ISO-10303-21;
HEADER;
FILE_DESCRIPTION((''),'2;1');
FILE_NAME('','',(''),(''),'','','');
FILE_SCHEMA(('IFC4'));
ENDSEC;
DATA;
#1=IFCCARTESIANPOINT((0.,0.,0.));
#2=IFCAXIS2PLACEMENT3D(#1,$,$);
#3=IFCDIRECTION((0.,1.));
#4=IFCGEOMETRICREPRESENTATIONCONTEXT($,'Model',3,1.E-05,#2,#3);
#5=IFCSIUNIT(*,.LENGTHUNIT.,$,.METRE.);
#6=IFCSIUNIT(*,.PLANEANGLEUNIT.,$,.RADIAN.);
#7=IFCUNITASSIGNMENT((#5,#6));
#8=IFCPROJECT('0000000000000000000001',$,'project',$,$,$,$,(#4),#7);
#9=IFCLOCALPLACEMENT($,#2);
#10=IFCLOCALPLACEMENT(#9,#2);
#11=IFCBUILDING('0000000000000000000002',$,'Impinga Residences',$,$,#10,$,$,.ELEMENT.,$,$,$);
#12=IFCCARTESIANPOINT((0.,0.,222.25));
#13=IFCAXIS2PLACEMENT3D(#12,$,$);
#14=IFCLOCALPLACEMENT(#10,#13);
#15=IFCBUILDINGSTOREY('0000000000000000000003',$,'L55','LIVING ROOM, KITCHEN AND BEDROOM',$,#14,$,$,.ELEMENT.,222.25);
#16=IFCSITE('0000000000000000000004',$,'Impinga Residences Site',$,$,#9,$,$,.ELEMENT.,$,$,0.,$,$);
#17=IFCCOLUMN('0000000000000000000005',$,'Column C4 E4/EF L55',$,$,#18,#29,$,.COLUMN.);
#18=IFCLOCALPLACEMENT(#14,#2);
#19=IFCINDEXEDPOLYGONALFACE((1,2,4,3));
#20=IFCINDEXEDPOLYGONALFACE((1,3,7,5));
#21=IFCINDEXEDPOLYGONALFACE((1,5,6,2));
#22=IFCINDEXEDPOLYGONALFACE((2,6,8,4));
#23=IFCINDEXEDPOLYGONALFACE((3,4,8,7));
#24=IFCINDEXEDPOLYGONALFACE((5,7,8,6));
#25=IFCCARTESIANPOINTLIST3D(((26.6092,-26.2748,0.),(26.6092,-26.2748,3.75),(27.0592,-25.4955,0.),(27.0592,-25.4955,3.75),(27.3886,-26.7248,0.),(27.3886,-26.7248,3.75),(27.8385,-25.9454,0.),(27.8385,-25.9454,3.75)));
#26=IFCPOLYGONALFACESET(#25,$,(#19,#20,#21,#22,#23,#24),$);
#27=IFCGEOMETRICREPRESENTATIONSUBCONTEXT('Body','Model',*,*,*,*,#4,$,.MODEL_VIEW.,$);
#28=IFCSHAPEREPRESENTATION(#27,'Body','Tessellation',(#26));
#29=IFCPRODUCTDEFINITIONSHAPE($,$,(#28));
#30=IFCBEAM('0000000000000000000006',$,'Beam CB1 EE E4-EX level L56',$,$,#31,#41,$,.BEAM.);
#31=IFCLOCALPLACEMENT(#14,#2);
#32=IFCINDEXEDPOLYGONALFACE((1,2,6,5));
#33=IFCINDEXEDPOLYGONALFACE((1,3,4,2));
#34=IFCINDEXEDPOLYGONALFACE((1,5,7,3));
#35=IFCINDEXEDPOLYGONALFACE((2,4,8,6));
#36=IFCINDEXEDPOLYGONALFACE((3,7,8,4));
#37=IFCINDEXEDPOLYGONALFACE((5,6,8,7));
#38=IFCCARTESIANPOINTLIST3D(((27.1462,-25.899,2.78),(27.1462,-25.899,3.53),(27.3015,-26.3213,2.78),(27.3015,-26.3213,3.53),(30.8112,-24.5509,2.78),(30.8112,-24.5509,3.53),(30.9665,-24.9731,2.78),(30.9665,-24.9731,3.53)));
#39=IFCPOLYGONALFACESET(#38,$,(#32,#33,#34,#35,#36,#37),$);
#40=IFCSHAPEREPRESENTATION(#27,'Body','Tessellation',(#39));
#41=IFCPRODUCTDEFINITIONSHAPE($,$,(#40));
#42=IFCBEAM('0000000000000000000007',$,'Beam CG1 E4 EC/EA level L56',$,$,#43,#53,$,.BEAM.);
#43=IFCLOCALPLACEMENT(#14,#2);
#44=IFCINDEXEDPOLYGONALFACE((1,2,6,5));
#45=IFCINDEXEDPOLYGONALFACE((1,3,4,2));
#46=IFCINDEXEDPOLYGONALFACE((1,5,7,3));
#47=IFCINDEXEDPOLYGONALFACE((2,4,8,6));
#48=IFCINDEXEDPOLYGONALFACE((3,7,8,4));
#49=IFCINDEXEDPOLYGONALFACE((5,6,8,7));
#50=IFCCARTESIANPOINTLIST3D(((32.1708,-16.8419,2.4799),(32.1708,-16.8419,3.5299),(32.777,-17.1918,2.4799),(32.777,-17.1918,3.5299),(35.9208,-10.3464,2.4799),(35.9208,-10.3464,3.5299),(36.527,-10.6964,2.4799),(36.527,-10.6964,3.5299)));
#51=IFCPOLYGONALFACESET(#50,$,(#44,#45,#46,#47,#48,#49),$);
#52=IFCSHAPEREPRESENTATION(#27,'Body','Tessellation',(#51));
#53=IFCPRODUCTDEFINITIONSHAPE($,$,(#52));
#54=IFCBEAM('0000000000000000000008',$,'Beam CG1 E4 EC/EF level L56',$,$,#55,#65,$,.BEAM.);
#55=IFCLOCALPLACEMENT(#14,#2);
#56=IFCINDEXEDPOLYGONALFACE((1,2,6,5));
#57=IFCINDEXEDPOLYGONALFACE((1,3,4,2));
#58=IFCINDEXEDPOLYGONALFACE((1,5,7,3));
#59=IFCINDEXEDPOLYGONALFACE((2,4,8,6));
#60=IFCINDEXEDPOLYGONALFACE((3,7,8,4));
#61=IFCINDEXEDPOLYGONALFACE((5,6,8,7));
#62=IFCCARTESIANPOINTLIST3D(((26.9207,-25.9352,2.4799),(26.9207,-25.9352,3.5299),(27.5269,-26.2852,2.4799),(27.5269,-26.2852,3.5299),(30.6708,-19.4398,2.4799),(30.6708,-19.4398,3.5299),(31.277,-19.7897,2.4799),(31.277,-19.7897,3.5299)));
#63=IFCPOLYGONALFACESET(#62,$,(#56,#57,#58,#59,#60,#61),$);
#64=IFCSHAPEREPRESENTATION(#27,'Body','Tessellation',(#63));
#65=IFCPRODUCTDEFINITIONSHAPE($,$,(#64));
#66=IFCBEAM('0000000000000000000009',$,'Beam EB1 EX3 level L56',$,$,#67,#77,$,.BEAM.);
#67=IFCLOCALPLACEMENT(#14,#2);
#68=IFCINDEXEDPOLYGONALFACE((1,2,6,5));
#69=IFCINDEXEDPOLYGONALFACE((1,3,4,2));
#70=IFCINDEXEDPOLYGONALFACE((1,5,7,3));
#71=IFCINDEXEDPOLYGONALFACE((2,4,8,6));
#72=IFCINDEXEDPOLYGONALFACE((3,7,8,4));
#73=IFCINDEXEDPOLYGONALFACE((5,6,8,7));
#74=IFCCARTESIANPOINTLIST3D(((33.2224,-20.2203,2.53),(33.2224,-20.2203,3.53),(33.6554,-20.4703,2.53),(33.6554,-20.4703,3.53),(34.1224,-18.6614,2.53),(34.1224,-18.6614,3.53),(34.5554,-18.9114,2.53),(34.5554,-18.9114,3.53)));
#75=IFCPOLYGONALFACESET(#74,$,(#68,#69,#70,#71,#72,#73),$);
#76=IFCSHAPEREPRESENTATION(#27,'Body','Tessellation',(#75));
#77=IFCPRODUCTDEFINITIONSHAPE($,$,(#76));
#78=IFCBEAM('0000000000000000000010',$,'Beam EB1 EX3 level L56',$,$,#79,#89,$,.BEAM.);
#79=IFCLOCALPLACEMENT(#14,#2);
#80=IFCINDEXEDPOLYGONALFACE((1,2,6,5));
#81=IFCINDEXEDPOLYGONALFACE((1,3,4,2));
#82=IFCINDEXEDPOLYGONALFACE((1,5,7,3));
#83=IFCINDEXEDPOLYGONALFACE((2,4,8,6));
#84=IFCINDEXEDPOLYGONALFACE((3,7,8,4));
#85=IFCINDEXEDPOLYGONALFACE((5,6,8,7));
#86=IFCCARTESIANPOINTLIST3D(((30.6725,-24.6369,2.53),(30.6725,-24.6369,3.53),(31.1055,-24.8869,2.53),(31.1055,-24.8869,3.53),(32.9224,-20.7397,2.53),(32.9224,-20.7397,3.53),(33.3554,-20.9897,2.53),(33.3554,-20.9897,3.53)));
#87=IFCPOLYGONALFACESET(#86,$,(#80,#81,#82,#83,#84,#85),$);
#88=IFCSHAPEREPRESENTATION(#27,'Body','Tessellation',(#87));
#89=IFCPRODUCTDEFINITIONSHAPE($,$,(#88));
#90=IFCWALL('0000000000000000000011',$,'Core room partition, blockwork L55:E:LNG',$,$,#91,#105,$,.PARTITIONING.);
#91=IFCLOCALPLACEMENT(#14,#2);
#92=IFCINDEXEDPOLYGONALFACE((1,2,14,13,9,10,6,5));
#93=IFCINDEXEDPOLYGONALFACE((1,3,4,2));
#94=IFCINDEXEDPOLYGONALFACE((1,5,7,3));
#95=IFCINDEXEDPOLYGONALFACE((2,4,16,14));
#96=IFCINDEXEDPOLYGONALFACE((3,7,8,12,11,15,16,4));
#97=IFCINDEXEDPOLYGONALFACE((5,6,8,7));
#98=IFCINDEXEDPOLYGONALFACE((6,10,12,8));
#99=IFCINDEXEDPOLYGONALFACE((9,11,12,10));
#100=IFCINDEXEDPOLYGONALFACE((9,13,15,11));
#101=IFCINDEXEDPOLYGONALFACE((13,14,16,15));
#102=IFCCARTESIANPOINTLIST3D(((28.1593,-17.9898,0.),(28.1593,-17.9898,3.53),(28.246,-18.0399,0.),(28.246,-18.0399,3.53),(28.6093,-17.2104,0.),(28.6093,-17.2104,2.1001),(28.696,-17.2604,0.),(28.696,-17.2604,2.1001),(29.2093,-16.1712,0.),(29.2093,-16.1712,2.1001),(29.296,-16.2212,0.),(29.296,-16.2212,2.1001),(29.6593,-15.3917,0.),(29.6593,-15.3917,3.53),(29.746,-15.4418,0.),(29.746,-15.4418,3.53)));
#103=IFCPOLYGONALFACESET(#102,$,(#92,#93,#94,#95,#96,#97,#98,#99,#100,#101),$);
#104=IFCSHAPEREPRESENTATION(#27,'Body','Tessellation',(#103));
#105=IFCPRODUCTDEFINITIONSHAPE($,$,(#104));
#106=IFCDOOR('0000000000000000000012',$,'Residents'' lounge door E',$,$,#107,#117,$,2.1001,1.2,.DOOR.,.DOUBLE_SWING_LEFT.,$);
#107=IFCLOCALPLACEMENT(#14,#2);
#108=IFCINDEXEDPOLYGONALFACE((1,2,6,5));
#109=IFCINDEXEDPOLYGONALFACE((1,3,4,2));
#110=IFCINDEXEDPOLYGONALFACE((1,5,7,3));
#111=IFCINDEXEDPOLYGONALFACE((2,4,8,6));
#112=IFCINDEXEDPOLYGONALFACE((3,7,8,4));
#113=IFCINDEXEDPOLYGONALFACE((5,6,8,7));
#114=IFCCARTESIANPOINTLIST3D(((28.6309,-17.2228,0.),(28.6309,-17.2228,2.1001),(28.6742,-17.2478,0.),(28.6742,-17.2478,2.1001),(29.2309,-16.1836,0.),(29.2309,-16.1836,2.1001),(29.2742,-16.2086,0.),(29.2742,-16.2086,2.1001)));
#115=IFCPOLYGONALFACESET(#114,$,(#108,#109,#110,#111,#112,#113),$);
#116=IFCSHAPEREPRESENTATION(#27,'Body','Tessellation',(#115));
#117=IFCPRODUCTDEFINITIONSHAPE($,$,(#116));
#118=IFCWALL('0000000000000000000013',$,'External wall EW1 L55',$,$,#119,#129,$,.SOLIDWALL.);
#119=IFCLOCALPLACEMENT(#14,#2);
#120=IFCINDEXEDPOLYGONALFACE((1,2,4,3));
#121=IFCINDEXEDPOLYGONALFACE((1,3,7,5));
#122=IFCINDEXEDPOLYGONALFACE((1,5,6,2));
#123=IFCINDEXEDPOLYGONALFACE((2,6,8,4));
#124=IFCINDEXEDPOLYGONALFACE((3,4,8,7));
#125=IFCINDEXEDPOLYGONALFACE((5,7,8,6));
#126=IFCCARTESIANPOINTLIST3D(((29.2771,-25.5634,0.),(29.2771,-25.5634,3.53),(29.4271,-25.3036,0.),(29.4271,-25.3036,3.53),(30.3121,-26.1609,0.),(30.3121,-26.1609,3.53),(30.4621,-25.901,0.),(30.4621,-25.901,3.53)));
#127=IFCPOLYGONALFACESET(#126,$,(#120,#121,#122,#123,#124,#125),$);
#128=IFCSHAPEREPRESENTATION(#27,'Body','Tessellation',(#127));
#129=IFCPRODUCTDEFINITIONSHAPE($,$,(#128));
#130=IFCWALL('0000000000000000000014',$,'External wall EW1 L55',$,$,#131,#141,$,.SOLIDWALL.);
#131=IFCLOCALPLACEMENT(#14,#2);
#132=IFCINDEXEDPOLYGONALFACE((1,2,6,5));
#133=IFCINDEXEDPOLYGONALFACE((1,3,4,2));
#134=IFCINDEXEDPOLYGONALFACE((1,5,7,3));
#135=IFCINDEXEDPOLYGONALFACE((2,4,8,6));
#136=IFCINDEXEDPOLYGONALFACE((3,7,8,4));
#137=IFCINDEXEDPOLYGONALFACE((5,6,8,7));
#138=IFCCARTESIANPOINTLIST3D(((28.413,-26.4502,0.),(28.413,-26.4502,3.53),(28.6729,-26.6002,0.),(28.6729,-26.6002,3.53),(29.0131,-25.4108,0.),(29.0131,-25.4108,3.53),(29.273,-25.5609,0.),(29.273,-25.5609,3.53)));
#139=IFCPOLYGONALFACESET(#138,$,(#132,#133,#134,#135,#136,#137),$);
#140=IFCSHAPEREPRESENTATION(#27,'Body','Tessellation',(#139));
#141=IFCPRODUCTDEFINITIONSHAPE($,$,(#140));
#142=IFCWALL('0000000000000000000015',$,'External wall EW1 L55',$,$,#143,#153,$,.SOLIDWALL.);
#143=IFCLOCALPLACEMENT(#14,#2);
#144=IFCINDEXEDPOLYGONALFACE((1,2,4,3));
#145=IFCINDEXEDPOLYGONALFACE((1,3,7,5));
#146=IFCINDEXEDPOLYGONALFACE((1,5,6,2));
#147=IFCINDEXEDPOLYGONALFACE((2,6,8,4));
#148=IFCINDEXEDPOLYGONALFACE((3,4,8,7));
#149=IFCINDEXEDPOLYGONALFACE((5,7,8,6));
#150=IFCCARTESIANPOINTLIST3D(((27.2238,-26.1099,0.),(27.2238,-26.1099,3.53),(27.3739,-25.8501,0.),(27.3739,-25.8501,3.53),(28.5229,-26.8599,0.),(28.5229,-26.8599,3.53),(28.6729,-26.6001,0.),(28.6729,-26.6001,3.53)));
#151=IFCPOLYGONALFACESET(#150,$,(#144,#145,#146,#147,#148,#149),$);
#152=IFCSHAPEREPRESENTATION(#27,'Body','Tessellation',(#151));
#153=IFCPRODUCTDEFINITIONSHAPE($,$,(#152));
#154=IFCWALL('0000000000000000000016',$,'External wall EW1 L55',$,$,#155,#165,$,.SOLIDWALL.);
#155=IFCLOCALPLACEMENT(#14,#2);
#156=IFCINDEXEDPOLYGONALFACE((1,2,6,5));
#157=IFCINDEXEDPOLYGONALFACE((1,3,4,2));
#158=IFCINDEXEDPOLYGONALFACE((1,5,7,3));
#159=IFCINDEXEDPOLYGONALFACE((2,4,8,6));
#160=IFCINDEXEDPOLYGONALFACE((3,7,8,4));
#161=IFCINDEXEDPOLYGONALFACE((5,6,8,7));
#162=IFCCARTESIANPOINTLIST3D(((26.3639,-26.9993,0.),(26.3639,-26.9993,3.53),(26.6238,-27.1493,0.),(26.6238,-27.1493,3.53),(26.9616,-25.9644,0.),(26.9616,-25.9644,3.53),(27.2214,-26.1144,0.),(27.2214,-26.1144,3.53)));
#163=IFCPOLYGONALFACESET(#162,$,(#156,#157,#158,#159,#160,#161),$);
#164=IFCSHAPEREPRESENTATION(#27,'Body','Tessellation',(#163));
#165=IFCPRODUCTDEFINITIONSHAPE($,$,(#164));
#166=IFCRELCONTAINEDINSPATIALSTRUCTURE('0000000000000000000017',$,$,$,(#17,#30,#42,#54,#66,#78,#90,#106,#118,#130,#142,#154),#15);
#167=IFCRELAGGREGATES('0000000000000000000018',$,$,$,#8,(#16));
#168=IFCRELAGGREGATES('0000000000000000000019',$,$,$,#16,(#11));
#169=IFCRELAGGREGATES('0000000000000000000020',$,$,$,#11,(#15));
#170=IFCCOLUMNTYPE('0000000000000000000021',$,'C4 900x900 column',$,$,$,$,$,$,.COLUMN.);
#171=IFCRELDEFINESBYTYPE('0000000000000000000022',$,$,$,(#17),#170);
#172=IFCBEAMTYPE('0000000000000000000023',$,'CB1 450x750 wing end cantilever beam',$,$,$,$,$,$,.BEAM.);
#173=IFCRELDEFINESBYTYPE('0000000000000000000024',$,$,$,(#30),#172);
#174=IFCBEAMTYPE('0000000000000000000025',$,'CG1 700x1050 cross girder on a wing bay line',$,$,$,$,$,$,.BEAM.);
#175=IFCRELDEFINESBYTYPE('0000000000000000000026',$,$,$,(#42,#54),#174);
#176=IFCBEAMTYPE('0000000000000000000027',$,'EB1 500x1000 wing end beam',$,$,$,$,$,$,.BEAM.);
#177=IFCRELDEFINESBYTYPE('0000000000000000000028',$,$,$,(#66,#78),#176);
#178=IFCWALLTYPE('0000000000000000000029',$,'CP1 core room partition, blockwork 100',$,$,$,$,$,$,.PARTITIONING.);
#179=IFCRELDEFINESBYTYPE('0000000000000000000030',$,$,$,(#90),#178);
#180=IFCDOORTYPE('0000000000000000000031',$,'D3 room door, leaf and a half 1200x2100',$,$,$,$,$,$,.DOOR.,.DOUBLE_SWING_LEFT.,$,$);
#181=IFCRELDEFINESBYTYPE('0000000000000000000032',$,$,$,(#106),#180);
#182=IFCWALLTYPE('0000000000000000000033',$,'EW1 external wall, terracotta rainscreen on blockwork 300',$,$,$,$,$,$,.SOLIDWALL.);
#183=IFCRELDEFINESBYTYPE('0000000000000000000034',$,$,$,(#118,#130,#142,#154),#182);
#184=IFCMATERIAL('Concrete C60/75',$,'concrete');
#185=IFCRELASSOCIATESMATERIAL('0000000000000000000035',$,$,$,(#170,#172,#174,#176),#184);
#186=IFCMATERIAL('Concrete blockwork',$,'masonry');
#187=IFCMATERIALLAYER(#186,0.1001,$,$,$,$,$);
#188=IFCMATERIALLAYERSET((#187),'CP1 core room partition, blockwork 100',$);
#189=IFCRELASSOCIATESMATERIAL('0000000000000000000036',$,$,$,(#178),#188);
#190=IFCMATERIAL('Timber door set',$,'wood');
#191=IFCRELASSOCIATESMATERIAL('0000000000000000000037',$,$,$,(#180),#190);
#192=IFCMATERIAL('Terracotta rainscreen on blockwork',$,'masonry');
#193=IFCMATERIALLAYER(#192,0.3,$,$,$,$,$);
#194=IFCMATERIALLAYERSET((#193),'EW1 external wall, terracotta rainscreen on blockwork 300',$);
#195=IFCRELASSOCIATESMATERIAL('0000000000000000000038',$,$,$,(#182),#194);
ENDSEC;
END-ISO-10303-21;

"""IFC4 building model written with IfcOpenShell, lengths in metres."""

from ifc_helpers import new_model, si_unit, direction, frame, frame_2d, origin, origin_2d, place, context, subcontext, project, spatial, rectangle, extrude, material, layer, layer_set, material_profile, profile_set, type_object, element, fill, save


model = new_model("IFC4")

# Units and contexts
model_context = context("Model", 3, precision=1e-05, world=origin(), true_north=direction((0.0, 1.0)))
body_context = subcontext(model_context, "Body", "Model", "MODEL_VIEW")
ifc_project = project(units=[si_unit("LENGTHUNIT", "METRE"), si_unit("PLANEANGLEUNIT", "RADIAN")], contexts=[model_context])

# Site, building, storey
site_placement = place(None, origin())
site = spatial("IfcSite", under=ifc_project, at=site_placement, Name="Impinga Residences Site", CompositionType="ELEMENT", RefElevation=0.0)
building_placement = place(site_placement, origin())
building = spatial("IfcBuilding", under=site, at=building_placement, Name="Impinga Residences", CompositionType="ELEMENT")
storey_placement = place(building_placement, frame((0.0, 0.0, 222.25)))
storey = spatial("IfcBuildingStorey", under=building, at=storey_placement, Name="L55", Description="LIVING ROOM, KITCHEN AND BEDROOM", CompositionType="ELEMENT", Elevation=222.25)

# Column
ifc_material_1 = material(Name="Concrete C60/75", Category="concrete")
ifc_material_profile_1 = material_profile(ifc_material_1, rectangle(XDim=0.8999, YDim=0.8999, at=origin_2d()), Name="RC 900x900")
ifc_profile_set_1 = profile_set([ifc_material_profile_1], Name="Concrete C60/75")
column_type = type_object("IfcColumnType", Name="C4 900x900 column", PredefinedType="COLUMN", material=ifc_profile_set_1)
column_placement = place(storey_placement, frame((27.2239, -26.1101, 0.0), z_axis=(0.0, 0.0, 1.0), x_axis=(-0.5, -0.866025, 0.0)))
element("IfcColumn", 1, at=column_placement, inside=storey, type_object=column_type, Name="Column C4 E4/EF L55", PredefinedType="COLUMN", context=body_context, shape_type="SweptSolid", body=[
    extrude(rectangle(XDim=0.8999, YDim=0.8999, at=origin_2d()), origin(), (0.0, 0.0, 1.0), 3.75),
])

# Beams
ifc_material_profile_2 = material_profile(ifc_material_1, rectangle(XDim=0.45, YDim=0.75, at=origin_2d()), Name="RC 450x750")
ifc_profile_set_2 = profile_set([ifc_material_profile_2], Name="Concrete C60/75")
beam_type_1 = type_object("IfcBeamType", Name="CB1 450x750 wing end cantilever beam", PredefinedType="BEAM", material=ifc_profile_set_2)
beam_1_placement = place(storey_placement, frame((27.2239, -26.1101, 3.155), z_axis=(0.93852, 0.345224, 0.0), x_axis=(-0.345224, 0.93852, 0.0)))
element("IfcBeam", 2, at=beam_1_placement, inside=storey, type_object=beam_type_1, Name="Beam CB1 EE E4-EX level L56", PredefinedType="BEAM", context=body_context, shape_type="SweptSolid", body=[
    extrude(rectangle(XDim=0.45, YDim=0.75, at=origin_2d()), origin(), (0.0, 0.0, 1.0), 3.905),
])
ifc_material_profile_3 = material_profile(ifc_material_1, rectangle(XDim=0.7, YDim=1.05, at=origin_2d()), Name="RC 700x1050")
ifc_profile_set_3 = profile_set([ifc_material_profile_3], Name="Concrete C60/75")
beam_type_2 = type_object("IfcBeamType", Name="CG1 700x1050 cross girder on a wing bay line", PredefinedType="BEAM", material=ifc_profile_set_3)
for number, where, z_axis, x_axis, name in (
    (3, (32.4739, -17.0168, 3.0049), (0.49999, 0.866031, 0.0), (-0.866031, 0.49999, 0.0), "Beam CG1 E4 EC/EA level L56"),
    (4, (30.9739, -19.6147, 3.0049), (-0.49999, -0.866031, 0.0), (0.866031, -0.49999, 0.0), "Beam CG1 E4 EC/EF level L56"),
):
    element("IfcBeam", number, at=place(storey_placement, frame(where, z_axis=z_axis, x_axis=x_axis)), inside=storey, type_object=beam_type_2, Name=name, PredefinedType="BEAM", context=body_context, shape_type="SweptSolid", body=[
        extrude(rectangle(XDim=0.7, YDim=1.05, at=origin_2d()), origin(), (0.0, 0.0, 1.0), 7.5002),
    ])
ifc_material_profile_4 = material_profile(ifc_material_1, rectangle(XDim=0.5, YDim=1.0, at=origin_2d()), Name="RC 500x1000")
ifc_profile_set_4 = profile_set([ifc_material_profile_4], Name="Concrete C60/75")
beam_type_3 = type_object("IfcBeamType", Name="EB1 500x1000 wing end beam", PredefinedType="BEAM", material=ifc_profile_set_4)
beam_2_placement = place(storey_placement, frame((34.3389, -18.7864, 3.03), z_axis=(-0.499961, -0.866048, 0.0), x_axis=(0.866048, -0.499961, 0.0)))
element("IfcBeam", 5, at=beam_2_placement, inside=storey, type_object=beam_type_3, Name="Beam EB1 EX3 level L56", PredefinedType="BEAM", context=body_context, shape_type="SweptSolid", body=[
    extrude(rectangle(XDim=0.5, YDim=1.0, at=origin_2d()), origin(), (0.0, 0.0, 1.0), 1.8),
])
beam_3_placement = place(storey_placement, frame((33.1389, -20.8647, 3.03), z_axis=(-0.49999, -0.866031, 0.0), x_axis=(0.866031, -0.49999, 0.0)))
element("IfcBeam", 6, at=beam_3_placement, inside=storey, type_object=beam_type_3, Name="Beam EB1 EX3 level L56", PredefinedType="BEAM", context=body_context, shape_type="SweptSolid", body=[
    extrude(rectangle(XDim=0.5, YDim=1.0, at=origin_2d()), origin(), (0.0, 0.0, 1.0), 4.5),
])

# Wall, opening, door
ifc_material_2 = material(Name="Concrete blockwork", Category="masonry")
ifc_layer_1 = layer(ifc_material_2, 0.1001)
ifc_layer_set_1 = layer_set([ifc_layer_1], Name="CP1 core room partition, blockwork 100")
wall_type_1 = type_object("IfcWallType", Name="CP1 core room partition, blockwork 100", PredefinedType="PARTITIONING", material=ifc_layer_set_1)
wall_1_placement = place(storey_placement, frame((29.7026, -15.4167, 0.0), z_axis=(0.0, 0.0, 1.0), x_axis=(-0.49999, -0.866031, 0.0)))
wall_1 = element("IfcWall", 7, at=wall_1_placement, inside=storey, type_object=wall_type_1, Name="Core room partition, blockwork L55:E:LNG", PredefinedType="PARTITIONING", context=body_context, shape_type="SweptSolid", body=[
    extrude(rectangle(XDim=3.0, YDim=0.1001, at=frame_2d((1.5, 0.0))), origin(), (0.0, 0.0, 1.0), 3.53),
])
opening_1_placement = place(wall_1_placement, frame((0.8999, 0.0, 0.0)))
opening_1 = element("IfcOpeningElement", 8, at=opening_1_placement, cuts=wall_1, PredefinedType="OPENING", context=body_context, shape_type="SweptSolid", body=[
    extrude(rectangle(XDim=1.2, YDim=2.1001, at=frame_2d((0.6001, 1.05))), frame((0.0, 0.0601, 0.0), z_axis=(0.0, -1.0, 0.0), x_axis=(1.0, 0.0, 0.0)), (0.0, 0.0, 1.0), 0.1201),
])
ifc_material_3 = material(Name="Timber door set", Category="wood")
door_type_1 = type_object("IfcDoorType", Name="D3 room door, leaf and a half 1200x2100", OperationType="DOUBLE_SWING_LEFT", PredefinedType="DOOR", material=ifc_material_3)
door_1_placement = place(opening_1_placement, origin())
door_1 = element("IfcDoor", 9, at=door_1_placement, inside=storey, type_object=door_type_1, Name="Residents' lounge door E", OperationType="DOUBLE_SWING_LEFT", OverallHeight=2.1001, OverallWidth=1.2, PredefinedType="DOOR", context=body_context, shape_type="SweptSolid", body=[
    extrude(rectangle(XDim=1.2, YDim=2.1001, at=frame_2d((0.6001, 1.05))), frame((0.0, 0.0249, 0.0), z_axis=(0.0, -1.0, 0.0), x_axis=(1.0, 0.0, 0.0)), (0.0, 0.0, 1.0), 0.05),
])
fill(opening_1, door_1)

# Walls
ifc_material_4 = material(Name="Terracotta rainscreen on blockwork", Category="masonry")
ifc_layer_2 = layer(ifc_material_4, 0.3)
ifc_layer_set_2 = layer_set([ifc_layer_2], Name="EW1 external wall, terracotta rainscreen on blockwork 300")
wall_type_2 = type_object("IfcWallType", Name="EW1 external wall, terracotta rainscreen on blockwork 300", PredefinedType="SOLIDWALL", material=ifc_layer_set_2)
wall_2_placement = place(storey_placement, frame((30.3872, -26.031, 0.0), z_axis=(0.0, 0.0, 1.0), x_axis=(-0.86606, 0.499941, 0.0)))
element("IfcWall", 10, at=wall_2_placement, inside=storey, type_object=wall_type_2, Name="External wall EW1 L55", PredefinedType="SOLIDWALL", context=body_context, shape_type="SweptSolid", body=[
    extrude(rectangle(XDim=1.1951, YDim=0.3, at=frame_2d((0.5977, 0.0))), origin(), (0.0, 0.0, 1.0), 3.53),
])
wall_3_placement = place(storey_placement, frame((29.1431, -25.4858, 0.0), z_axis=(0.0, 0.0, 1.0), x_axis=(-0.500034, -0.866006, 0.0)))
element("IfcWall", 11, at=wall_3_placement, inside=storey, type_object=wall_type_2, Name="External wall EW1 L55", PredefinedType="SOLIDWALL", context=body_context, shape_type="SweptSolid", body=[
    extrude(rectangle(XDim=1.2002, YDim=0.3, at=frame_2d((0.6001, 0.0))), origin(), (0.0, 0.0, 1.0), 3.53),
])
wall_4_placement = place(storey_placement, frame((28.5979, -26.73, 0.0), z_axis=(0.0, 0.0, 1.0), x_axis=(-0.866031, 0.49999, 0.0)))
element("IfcWall", 12, at=wall_4_placement, inside=storey, type_object=wall_type_2, Name="External wall EW1 L55", PredefinedType="SOLIDWALL", context=body_context, shape_type="SweptSolid", body=[
    extrude(rectangle(XDim=1.5, YDim=0.3, at=frame_2d((0.75, 0.0))), origin(), (0.0, 0.0, 1.0), 3.53),
])
wall_5_placement = place(storey_placement, frame((27.0916, -26.0393, 0.0), z_axis=(0.0, 0.0, 1.0), x_axis=(-0.500094, -0.865971, 0.0)))
element("IfcWall", 13, at=wall_5_placement, inside=storey, type_object=wall_type_2, Name="External wall EW1 L55", PredefinedType="SOLIDWALL", context=body_context, shape_type="SweptSolid", body=[
    extrude(rectangle(XDim=1.1951, YDim=0.3, at=frame_2d((0.5977, 0.0))), origin(), (0.0, 0.0, 1.0), 3.53),
])

save(model, "model.ifc")
